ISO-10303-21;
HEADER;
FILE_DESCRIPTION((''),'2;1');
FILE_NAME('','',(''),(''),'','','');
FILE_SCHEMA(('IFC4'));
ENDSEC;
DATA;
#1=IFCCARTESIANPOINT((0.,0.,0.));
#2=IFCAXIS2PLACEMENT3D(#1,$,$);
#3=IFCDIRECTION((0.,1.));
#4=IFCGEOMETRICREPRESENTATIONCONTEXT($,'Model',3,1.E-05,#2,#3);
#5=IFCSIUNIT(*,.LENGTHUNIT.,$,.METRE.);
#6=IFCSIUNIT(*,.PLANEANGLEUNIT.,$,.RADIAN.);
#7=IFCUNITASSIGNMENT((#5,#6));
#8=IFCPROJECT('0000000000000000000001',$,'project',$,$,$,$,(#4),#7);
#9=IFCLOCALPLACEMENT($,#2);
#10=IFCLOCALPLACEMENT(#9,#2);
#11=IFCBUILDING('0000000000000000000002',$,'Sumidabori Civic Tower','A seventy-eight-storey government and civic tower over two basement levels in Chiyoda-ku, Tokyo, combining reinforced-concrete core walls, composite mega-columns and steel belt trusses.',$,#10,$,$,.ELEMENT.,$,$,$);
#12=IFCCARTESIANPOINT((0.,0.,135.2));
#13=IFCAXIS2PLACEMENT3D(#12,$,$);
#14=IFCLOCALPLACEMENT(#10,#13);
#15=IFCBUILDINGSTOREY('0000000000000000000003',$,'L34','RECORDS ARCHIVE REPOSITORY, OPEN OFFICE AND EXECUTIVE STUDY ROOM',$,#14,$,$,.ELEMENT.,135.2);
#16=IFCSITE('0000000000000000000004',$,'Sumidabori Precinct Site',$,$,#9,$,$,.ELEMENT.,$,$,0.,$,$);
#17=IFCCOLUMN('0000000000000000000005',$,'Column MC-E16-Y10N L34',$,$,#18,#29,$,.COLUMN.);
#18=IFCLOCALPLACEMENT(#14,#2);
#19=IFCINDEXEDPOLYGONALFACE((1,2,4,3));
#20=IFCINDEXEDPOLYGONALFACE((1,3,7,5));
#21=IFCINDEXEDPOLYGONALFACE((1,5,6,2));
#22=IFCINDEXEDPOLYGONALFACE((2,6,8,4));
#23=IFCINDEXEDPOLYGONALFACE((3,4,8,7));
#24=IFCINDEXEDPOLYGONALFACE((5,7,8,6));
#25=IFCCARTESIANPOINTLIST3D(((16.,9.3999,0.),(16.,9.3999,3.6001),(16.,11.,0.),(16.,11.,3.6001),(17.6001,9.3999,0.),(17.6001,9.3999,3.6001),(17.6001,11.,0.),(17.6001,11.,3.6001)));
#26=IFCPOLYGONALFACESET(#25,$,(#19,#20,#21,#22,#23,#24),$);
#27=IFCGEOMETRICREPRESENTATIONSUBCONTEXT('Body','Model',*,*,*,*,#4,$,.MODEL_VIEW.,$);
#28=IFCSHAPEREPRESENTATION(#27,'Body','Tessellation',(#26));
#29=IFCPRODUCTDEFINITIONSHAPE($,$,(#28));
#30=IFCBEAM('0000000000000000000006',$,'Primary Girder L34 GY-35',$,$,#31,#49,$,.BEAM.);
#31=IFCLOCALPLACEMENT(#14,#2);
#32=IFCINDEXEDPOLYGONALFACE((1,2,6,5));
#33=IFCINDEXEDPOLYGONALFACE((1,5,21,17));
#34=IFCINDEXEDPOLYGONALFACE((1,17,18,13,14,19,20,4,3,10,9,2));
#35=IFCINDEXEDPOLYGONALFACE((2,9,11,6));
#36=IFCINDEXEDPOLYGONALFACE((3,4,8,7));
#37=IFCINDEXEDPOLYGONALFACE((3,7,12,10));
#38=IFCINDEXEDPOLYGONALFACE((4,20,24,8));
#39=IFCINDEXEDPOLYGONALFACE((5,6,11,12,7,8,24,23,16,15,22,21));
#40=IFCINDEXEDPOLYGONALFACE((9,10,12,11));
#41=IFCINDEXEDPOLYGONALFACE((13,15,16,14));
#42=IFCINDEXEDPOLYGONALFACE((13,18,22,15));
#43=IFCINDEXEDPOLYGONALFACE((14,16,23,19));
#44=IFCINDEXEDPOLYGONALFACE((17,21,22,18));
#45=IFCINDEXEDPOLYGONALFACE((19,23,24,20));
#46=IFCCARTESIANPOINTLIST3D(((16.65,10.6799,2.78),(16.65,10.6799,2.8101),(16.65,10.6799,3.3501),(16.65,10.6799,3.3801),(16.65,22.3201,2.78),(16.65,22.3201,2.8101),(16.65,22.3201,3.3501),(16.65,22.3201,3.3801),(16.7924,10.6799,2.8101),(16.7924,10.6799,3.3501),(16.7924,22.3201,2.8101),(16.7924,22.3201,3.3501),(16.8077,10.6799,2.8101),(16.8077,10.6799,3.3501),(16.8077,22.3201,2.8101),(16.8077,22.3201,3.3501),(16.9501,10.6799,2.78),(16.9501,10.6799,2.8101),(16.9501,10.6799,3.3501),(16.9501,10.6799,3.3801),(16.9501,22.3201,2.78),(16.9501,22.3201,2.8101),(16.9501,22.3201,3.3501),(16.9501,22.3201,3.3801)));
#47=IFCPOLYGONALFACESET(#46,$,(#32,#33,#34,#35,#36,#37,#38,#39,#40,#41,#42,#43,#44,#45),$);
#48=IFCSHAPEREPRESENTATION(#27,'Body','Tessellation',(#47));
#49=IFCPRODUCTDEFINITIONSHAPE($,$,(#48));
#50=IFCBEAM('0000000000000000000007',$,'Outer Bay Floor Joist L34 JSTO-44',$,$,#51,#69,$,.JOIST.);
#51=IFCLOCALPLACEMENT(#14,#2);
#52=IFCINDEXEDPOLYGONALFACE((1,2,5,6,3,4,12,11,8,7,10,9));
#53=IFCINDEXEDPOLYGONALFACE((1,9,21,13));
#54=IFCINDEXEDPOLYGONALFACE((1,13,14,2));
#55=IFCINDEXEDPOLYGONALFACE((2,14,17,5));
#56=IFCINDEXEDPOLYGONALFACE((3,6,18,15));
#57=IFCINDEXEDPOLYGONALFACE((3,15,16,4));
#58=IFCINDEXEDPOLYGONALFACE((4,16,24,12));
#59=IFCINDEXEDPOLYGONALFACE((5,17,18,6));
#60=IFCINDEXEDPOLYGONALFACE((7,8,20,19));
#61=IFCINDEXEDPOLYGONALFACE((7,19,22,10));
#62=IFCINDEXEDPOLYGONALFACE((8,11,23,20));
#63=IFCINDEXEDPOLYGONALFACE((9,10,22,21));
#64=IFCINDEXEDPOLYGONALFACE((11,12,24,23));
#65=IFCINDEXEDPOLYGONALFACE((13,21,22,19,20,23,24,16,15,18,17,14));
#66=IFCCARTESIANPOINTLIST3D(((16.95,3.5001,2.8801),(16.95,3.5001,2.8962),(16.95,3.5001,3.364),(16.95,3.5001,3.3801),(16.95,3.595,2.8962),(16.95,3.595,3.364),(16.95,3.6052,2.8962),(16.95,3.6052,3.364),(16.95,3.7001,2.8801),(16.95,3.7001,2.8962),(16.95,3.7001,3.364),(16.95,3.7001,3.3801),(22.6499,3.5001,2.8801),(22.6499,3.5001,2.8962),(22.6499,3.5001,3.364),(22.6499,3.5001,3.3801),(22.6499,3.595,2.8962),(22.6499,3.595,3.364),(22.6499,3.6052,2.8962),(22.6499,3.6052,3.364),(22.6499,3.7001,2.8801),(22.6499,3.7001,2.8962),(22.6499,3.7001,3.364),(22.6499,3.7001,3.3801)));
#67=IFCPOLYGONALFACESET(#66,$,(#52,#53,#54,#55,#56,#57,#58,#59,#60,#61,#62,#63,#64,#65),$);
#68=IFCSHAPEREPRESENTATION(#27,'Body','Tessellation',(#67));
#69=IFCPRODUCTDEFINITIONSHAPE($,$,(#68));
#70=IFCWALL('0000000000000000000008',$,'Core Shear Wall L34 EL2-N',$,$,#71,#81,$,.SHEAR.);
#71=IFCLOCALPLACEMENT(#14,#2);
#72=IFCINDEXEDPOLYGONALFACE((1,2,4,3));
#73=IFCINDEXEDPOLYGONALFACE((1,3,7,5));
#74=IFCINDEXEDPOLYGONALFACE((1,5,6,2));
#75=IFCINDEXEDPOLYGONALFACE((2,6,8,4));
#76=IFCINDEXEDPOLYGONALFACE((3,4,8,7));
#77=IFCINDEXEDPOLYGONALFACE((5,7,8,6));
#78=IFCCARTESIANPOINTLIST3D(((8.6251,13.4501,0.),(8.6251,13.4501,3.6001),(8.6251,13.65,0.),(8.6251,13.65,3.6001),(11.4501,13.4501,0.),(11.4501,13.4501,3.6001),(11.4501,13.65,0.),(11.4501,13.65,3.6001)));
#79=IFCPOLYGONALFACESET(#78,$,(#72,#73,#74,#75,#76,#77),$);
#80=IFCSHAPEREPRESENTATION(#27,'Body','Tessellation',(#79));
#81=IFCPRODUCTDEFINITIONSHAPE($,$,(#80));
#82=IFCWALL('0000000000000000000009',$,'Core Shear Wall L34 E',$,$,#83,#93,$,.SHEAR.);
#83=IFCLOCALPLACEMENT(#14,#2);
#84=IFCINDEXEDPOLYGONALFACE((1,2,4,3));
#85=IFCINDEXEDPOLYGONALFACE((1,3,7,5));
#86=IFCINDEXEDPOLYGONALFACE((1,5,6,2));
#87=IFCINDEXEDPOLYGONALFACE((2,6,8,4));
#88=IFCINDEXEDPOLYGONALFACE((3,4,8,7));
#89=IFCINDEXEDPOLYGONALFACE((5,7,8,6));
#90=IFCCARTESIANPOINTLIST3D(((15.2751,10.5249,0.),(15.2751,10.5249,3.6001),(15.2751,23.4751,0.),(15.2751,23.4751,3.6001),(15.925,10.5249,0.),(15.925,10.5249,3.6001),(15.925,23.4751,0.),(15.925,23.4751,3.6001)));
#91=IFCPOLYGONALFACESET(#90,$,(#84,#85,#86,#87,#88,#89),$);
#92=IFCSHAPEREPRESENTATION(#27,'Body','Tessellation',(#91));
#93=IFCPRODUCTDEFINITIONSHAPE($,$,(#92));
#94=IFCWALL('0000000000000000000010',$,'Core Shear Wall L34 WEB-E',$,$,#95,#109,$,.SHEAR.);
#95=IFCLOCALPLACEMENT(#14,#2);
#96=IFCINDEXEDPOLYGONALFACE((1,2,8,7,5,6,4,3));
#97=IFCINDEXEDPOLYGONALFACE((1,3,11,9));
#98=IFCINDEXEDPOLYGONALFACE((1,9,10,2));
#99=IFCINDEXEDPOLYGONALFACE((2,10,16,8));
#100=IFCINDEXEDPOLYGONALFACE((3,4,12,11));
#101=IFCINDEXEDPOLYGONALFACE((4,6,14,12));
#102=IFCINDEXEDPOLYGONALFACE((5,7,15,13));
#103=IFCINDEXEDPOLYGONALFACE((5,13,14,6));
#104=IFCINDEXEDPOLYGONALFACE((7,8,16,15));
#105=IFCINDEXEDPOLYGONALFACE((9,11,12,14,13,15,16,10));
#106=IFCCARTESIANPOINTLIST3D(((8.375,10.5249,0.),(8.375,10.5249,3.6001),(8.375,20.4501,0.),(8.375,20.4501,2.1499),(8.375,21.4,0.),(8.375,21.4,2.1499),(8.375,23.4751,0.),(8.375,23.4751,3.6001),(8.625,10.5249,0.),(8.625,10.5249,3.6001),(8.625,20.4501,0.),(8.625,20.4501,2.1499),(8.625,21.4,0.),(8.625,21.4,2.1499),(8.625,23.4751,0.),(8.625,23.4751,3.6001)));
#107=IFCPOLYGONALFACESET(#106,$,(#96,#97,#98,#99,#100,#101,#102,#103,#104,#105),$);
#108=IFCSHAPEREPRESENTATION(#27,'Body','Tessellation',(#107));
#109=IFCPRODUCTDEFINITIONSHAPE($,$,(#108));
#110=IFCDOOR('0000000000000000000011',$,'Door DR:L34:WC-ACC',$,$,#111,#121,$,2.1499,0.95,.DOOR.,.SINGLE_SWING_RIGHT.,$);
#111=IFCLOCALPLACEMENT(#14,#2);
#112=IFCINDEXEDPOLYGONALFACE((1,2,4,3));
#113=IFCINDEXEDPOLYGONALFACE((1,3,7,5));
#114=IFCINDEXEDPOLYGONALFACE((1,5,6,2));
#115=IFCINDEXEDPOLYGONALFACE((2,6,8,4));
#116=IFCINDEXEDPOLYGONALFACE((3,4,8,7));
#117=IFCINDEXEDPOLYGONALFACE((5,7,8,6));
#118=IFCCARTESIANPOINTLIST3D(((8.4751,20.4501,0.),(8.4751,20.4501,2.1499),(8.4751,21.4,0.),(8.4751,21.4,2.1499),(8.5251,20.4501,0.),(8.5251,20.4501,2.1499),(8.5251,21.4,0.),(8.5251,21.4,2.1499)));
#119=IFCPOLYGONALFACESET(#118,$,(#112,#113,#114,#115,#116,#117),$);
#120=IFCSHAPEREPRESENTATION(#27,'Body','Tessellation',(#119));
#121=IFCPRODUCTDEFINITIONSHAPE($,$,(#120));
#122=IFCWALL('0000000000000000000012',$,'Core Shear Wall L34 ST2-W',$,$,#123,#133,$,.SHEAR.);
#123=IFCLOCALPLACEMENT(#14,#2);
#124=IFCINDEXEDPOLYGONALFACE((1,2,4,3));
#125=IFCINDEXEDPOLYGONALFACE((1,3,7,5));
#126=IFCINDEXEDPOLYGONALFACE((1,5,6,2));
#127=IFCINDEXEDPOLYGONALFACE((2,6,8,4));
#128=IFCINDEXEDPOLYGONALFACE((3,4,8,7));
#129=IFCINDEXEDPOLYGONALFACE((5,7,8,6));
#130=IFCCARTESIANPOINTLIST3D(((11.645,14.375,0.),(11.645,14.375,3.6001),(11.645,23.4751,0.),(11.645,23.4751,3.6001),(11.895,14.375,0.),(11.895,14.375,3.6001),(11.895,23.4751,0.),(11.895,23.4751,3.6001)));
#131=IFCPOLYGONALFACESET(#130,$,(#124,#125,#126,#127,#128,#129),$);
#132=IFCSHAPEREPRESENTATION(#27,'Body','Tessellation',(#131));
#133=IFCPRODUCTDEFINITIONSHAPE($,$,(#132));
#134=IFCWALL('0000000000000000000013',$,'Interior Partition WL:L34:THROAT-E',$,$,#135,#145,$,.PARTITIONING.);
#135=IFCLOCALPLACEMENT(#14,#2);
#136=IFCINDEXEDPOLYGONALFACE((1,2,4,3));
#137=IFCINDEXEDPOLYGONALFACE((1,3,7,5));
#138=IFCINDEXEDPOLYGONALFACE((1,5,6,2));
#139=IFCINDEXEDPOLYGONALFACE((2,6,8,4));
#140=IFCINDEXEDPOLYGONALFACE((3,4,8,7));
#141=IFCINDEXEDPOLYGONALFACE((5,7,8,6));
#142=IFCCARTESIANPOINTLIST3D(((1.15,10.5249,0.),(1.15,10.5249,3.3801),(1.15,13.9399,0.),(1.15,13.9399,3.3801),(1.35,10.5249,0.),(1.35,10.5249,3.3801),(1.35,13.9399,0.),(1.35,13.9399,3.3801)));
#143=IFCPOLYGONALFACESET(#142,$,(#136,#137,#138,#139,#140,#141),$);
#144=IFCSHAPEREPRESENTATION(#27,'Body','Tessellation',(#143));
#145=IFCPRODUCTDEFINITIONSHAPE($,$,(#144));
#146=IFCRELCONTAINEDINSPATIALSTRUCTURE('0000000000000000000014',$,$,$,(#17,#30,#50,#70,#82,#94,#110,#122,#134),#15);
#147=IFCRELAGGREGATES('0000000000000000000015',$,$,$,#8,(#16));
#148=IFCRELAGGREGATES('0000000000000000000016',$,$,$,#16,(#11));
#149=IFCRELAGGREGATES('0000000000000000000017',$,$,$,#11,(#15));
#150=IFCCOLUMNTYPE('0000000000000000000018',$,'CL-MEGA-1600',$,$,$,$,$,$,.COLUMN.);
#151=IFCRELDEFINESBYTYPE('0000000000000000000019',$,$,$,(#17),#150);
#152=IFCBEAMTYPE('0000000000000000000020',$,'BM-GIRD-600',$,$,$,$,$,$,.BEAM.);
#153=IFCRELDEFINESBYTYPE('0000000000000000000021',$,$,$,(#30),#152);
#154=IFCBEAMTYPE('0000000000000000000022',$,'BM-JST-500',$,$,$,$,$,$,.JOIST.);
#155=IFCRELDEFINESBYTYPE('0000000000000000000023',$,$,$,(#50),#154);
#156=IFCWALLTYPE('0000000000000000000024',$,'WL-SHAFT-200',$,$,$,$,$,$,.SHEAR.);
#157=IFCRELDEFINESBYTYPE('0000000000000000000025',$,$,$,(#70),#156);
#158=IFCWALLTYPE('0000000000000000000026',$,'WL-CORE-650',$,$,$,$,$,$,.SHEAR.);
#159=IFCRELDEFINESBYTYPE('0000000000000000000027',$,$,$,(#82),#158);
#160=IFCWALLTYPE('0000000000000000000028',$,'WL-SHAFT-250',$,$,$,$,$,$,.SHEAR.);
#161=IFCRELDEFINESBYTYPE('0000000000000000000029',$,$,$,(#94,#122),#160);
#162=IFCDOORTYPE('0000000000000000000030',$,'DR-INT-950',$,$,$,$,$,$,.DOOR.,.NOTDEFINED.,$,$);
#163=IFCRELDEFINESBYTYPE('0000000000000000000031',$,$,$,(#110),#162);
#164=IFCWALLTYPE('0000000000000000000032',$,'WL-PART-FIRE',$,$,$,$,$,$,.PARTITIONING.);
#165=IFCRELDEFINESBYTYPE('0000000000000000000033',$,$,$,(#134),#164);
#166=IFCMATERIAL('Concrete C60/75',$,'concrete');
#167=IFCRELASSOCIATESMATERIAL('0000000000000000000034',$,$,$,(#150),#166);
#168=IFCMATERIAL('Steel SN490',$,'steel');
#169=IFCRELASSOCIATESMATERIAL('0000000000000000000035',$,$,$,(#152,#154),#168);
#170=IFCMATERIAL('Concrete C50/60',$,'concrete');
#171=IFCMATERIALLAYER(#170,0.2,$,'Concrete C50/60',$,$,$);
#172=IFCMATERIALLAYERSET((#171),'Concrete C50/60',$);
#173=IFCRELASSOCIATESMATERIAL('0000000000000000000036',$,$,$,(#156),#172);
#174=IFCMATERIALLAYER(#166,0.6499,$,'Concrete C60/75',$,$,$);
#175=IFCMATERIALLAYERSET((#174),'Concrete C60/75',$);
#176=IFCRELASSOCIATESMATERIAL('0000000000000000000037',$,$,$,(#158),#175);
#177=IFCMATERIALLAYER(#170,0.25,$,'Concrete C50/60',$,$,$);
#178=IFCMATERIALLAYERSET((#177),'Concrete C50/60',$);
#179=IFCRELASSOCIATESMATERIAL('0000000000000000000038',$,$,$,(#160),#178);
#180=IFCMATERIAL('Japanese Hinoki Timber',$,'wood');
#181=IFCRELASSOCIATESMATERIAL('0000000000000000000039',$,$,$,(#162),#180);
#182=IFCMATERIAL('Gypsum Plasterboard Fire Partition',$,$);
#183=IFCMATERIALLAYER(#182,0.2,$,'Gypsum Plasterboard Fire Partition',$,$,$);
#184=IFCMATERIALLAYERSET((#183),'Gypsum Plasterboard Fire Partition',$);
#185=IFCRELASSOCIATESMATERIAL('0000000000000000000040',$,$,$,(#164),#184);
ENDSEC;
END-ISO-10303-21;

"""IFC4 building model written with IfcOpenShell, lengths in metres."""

from ifc_helpers import new_model, si_unit, direction, frame, frame_2d, origin, origin_2d, place, context, subcontext, project, spatial, rectangle, i_section, extrude, source, transform, mapped, material, layer, layer_set, material_profile, profile_set, type_object, element, fill, save


model = new_model("IFC4")

# Units and contexts
model_context = context("Model", 3, precision=1e-05, world=origin(), true_north=direction((0.0, 1.0)))
body_context = subcontext(model_context, "Body", "Model", "MODEL_VIEW")
ifc_project = project(units=[si_unit("LENGTHUNIT", "METRE"), si_unit("PLANEANGLEUNIT", "RADIAN")], contexts=[model_context])

# Site, building, storey
site_placement = place(None, origin())
site = spatial("IfcSite", under=ifc_project, at=site_placement, Name="Sumidabori Precinct Site", CompositionType="ELEMENT", RefElevation=0.0)
building_placement = place(site_placement, origin())
building = spatial("IfcBuilding", under=site, at=building_placement, Name="Sumidabori Civic Tower", Description="A seventy-eight-storey government and civic tower over two basement levels in Chiyoda-ku, Tokyo, combining reinforced-concrete core walls, composite mega-columns and steel belt trusses.", CompositionType="ELEMENT")
storey_placement = place(building_placement, frame((0.0, 0.0, 135.2)))
storey = spatial("IfcBuildingStorey", under=building, at=storey_placement, Name="L34", Description="RECORDS ARCHIVE REPOSITORY, OPEN OFFICE AND EXECUTIVE STUDY ROOM", CompositionType="ELEMENT", Elevation=135.2)

# Column
ifc_material_1 = material(Name="Concrete C60/75", Category="concrete")
ifc_material_profile_1 = material_profile(ifc_material_1, rectangle(XDim=1.6001, YDim=1.6001, at=origin_2d()), Name="RC 1600x1600")
ifc_profile_set_1 = profile_set([ifc_material_profile_1], Name="Concrete C60/75")
column_type = type_object("IfcColumnType", Name="CL-MEGA-1600", PredefinedType="COLUMN", material=ifc_profile_set_1)
shared_shape_1 = source(origin(), body_context, "Body", "SweptSolid", [
    extrude(rectangle(XDim=1.6001, YDim=1.6001, at=origin_2d()), origin(), (0.0, 0.0, 1.0), 3.6001),
])
column_placement = place(storey_placement, frame((16.8, 10.2, 0.0), z_axis=(0.0, 0.0, 1.0), x_axis=(1.0, 0.0, 0.0)))
element("IfcColumn", 1, at=column_placement, inside=storey, type_object=column_type, Name="Column MC-E16-Y10N L34", PredefinedType="COLUMN", context=body_context, shape_type="MappedRepresentation", body=[
    mapped(shared_shape_1, transform((0.0, 0.0, 0.0), x_axis=(1.0, 0.0, 0.0), y_axis=(0.0, 1.0, 0.0), z_axis=(0.0, 0.0, 1.0), scale=1.0)),
])

# Beams
ifc_material_2 = material(Name="Steel SN490", Category="steel")
ifc_material_profile_2 = material_profile(ifc_material_2, i_section(OverallWidth=0.3, OverallDepth=0.6001, WebThickness=0.0154, FlangeThickness=0.03, at=origin_2d()), Name="HE 600 B")
ifc_profile_set_2 = profile_set([ifc_material_profile_2], Name="Steel SN490")
beam_type_1 = type_object("IfcBeamType", Name="BM-GIRD-600", PredefinedType="BEAM", material=ifc_profile_set_2)
shared_shape_2 = source(origin(), body_context, "Body", "SweptSolid", [
    extrude(i_section(OverallWidth=0.3, OverallDepth=0.6001, WebThickness=0.0154, FlangeThickness=0.03, at=origin_2d()), origin(), (0.0, 0.0, 1.0), 11.6401),
])
beam_1_placement = place(storey_placement, frame((16.8, 10.6799, 3.0801), z_axis=(0.0, 1.0, 0.0), x_axis=(-1.0, 0.0, 0.0)))
element("IfcBeam", 2, at=beam_1_placement, inside=storey, type_object=beam_type_1, Name="Primary Girder L34 GY-35", PredefinedType="BEAM", context=body_context, shape_type="MappedRepresentation", body=[
    mapped(shared_shape_2, transform((0.0, 0.0, 0.0), x_axis=(1.0, 0.0, 0.0), y_axis=(0.0, 1.0, 0.0), z_axis=(0.0, 0.0, 1.0), scale=1.0)),
])
ifc_material_profile_3 = material_profile(ifc_material_2, i_section(OverallWidth=0.2, OverallDepth=0.5, WebThickness=0.0103, FlangeThickness=0.0161, at=origin_2d()), Name="IPE 500")
ifc_profile_set_3 = profile_set([ifc_material_profile_3], Name="Steel SN490")
beam_type_2 = type_object("IfcBeamType", Name="BM-JST-500", PredefinedType="JOIST", material=ifc_profile_set_3)
shared_shape_3 = source(origin(), body_context, "Body", "SweptSolid", [
    extrude(i_section(OverallWidth=0.2, OverallDepth=0.5, WebThickness=0.0103, FlangeThickness=0.0161, at=origin_2d()), origin(), (0.0, 0.0, 1.0), 5.7),
])
beam_2_placement = place(storey_placement, frame((16.95, 3.6001, 3.1301), z_axis=(1.0, 0.0, 0.0), x_axis=(0.0, 1.0, 0.0)))
element("IfcBeam", 3, at=beam_2_placement, inside=storey, type_object=beam_type_2, Name="Outer Bay Floor Joist L34 JSTO-44", PredefinedType="JOIST", context=body_context, shape_type="MappedRepresentation", body=[
    mapped(shared_shape_3, transform((0.0, 0.0, 0.0), x_axis=(1.0, 0.0, 0.0), y_axis=(0.0, 1.0, 0.0), z_axis=(0.0, 0.0, 1.0), scale=1.0)),
])

# Walls
ifc_material_3 = material(Name="Concrete C50/60", Category="concrete")
ifc_layer_1 = layer(ifc_material_3, 0.2, Name="Concrete C50/60")
ifc_layer_set_1 = layer_set([ifc_layer_1], Name="Concrete C50/60")
wall_type_1 = type_object("IfcWallType", Name="WL-SHAFT-200", PredefinedType="SHEAR", material=ifc_layer_set_1)
shared_shape_4 = source(origin(), body_context, "Body", "SweptSolid", [
    extrude(rectangle(XDim=2.825, YDim=0.2, at=frame_2d((1.4126, 0.0))), origin(), (0.0, 0.0, 1.0), 3.6001),
])
wall_1_placement = place(storey_placement, frame((8.625, 13.55, 0.0), z_axis=(0.0, 0.0, 1.0), x_axis=(1.0, 0.0, 0.0)))
element("IfcWall", 4, at=wall_1_placement, inside=storey, type_object=wall_type_1, Name="Core Shear Wall L34 EL2-N", PredefinedType="SHEAR", context=body_context, shape_type="MappedRepresentation", body=[
    mapped(shared_shape_4, transform((0.0, 0.0, 0.0), x_axis=(1.0, 0.0, 0.0), y_axis=(0.0, 1.0, 0.0), z_axis=(0.0, 0.0, 1.0), scale=1.0)),
])
ifc_layer_2 = layer(ifc_material_1, 0.6499, Name="Concrete C60/75")
ifc_layer_set_2 = layer_set([ifc_layer_2], Name="Concrete C60/75")
wall_type_2 = type_object("IfcWallType", Name="WL-CORE-650", PredefinedType="SHEAR", material=ifc_layer_set_2)
shared_shape_5 = source(origin(), body_context, "Body", "SweptSolid", [
    extrude(rectangle(XDim=12.9502, YDim=0.6499, at=frame_2d((6.4751, 0.0))), origin(), (0.0, 0.0, 1.0), 3.6001),
])
wall_2_placement = place(storey_placement, frame((15.6001, 10.5249, 0.0), z_axis=(0.0, 0.0, 1.0), x_axis=(0.0, 1.0, 0.0)))
element("IfcWall", 5, at=wall_2_placement, inside=storey, type_object=wall_type_2, Name="Core Shear Wall L34 E", PredefinedType="SHEAR", context=body_context, shape_type="MappedRepresentation", body=[
    mapped(shared_shape_5, transform((0.0, 0.0, 0.0), x_axis=(1.0, 0.0, 0.0), y_axis=(0.0, 1.0, 0.0), z_axis=(0.0, 0.0, 1.0), scale=1.0)),
])

# Wall, opening, door
ifc_layer_3 = layer(ifc_material_3, 0.25, Name="Concrete C50/60")
ifc_layer_set_3 = layer_set([ifc_layer_3], Name="Concrete C50/60")
wall_type_3 = type_object("IfcWallType", Name="WL-SHAFT-250", PredefinedType="SHEAR", material=ifc_layer_set_3)
shared_shape_6 = source(origin(), body_context, "Body", "SweptSolid", [
    extrude(rectangle(XDim=12.9502, YDim=0.25, at=frame_2d((6.4751, 0.0))), origin(), (0.0, 0.0, 1.0), 3.6001),
])
wall_3_placement = place(storey_placement, frame((8.5, 10.5249, 0.0), z_axis=(0.0, 0.0, 1.0), x_axis=(0.0, 1.0, 0.0)))
wall_3 = element("IfcWall", 6, at=wall_3_placement, inside=storey, type_object=wall_type_3, Name="Core Shear Wall L34 WEB-E", PredefinedType="SHEAR", context=body_context, shape_type="MappedRepresentation", body=[
    mapped(shared_shape_6, transform((0.0, 0.0, 0.0), x_axis=(1.0, 0.0, 0.0), y_axis=(0.0, 1.0, 0.0), z_axis=(0.0, 0.0, 1.0), scale=1.0)),
])
opening_1_placement = place(wall_3_placement, frame((9.925, 0.0, 0.0)))
opening_1 = element("IfcOpeningElement", 7, at=opening_1_placement, cuts=wall_3, PredefinedType="OPENING", context=body_context, shape_type="SweptSolid", body=[
    extrude(rectangle(XDim=0.95, YDim=2.1499, at=frame_2d((0.4751, 1.075))), frame((0.0, 0.137, 0.0), z_axis=(0.0, -1.0, 0.0), x_axis=(1.0, 0.0, 0.0)), (0.0, 0.0, 1.0), 0.2739),
])
ifc_material_4 = material(Name="Japanese Hinoki Timber", Category="wood")
door_type_1 = type_object("IfcDoorType", Name="DR-INT-950", OperationType="NOTDEFINED", PredefinedType="DOOR", material=ifc_material_4)
shared_shape_7 = source(origin(), body_context, "Body", "SweptSolid", [
    extrude(rectangle(XDim=0.95, YDim=2.1499, at=frame_2d((0.4751, 1.075))), frame((0.0, 0.0249, 0.0), z_axis=(0.0, -1.0, 0.0), x_axis=(1.0, 0.0, 0.0)), (0.0, 0.0, 1.0), 0.05),
])
door_1_placement = place(opening_1_placement, origin())
door_1 = element("IfcDoor", 8, at=door_1_placement, inside=storey, type_object=door_type_1, Name="Door DR:L34:WC-ACC", OperationType="SINGLE_SWING_RIGHT", OverallHeight=2.1499, OverallWidth=0.95, PredefinedType="DOOR", context=body_context, shape_type="MappedRepresentation", body=[
    mapped(shared_shape_7, transform((0.0, 0.0, 0.0), x_axis=(1.0, 0.0, 0.0), y_axis=(0.0, 1.0, 0.0), z_axis=(0.0, 0.0, 1.0), scale=1.0)),
])
fill(opening_1, door_1)

# Wall
shared_shape_8 = source(origin(), body_context, "Body", "SweptSolid", [
    extrude(rectangle(XDim=9.1001, YDim=0.25, at=frame_2d((4.55, 0.0))), origin(), (0.0, 0.0, 1.0), 3.6001),
])
wall_4_placement = place(storey_placement, frame((11.77, 14.375, 0.0), z_axis=(0.0, 0.0, 1.0), x_axis=(0.0, 1.0, 0.0)))
element("IfcWall", 9, at=wall_4_placement, inside=storey, type_object=wall_type_3, Name="Core Shear Wall L34 ST2-W", PredefinedType="SHEAR", context=body_context, shape_type="MappedRepresentation", body=[
    mapped(shared_shape_8, transform((0.0, 0.0, 0.0), x_axis=(1.0, 0.0, 0.0), y_axis=(0.0, 1.0, 0.0), z_axis=(0.0, 0.0, 1.0), scale=1.0)),
])

# Shared definitions
ifc_material_5 = material(Name="Gypsum Plasterboard Fire Partition")
ifc_layer_4 = layer(ifc_material_5, 0.2, Name="Gypsum Plasterboard Fire Partition")
ifc_layer_set_4 = layer_set([ifc_layer_4], Name="Gypsum Plasterboard Fire Partition")
wall_type_4 = type_object("IfcWallType", Name="WL-PART-FIRE", PredefinedType="PARTITIONING", material=ifc_layer_set_4)

# Wall
shared_shape_9 = source(origin(), body_context, "Body", "SweptSolid", [
    extrude(rectangle(XDim=3.415, YDim=0.2, at=frame_2d((1.7075, 0.0))), origin(), (0.0, 0.0, 1.0), 3.3801),
])
wall_5_placement = place(storey_placement, frame((1.25, 10.5249, 0.0), z_axis=(0.0, 0.0, 1.0), x_axis=(0.0, 1.0, 0.0)))
element("IfcWall", 10, at=wall_5_placement, inside=storey, type_object=wall_type_4, Name="Interior Partition WL:L34:THROAT-E", PredefinedType="PARTITIONING", context=body_context, shape_type="MappedRepresentation", body=[
    mapped(shared_shape_9, transform((0.0, 0.0, 0.0), x_axis=(1.0, 0.0, 0.0), y_axis=(0.0, 1.0, 0.0), z_axis=(0.0, 0.0, 1.0), scale=1.0)),
])

save(model, "model.ifc")
